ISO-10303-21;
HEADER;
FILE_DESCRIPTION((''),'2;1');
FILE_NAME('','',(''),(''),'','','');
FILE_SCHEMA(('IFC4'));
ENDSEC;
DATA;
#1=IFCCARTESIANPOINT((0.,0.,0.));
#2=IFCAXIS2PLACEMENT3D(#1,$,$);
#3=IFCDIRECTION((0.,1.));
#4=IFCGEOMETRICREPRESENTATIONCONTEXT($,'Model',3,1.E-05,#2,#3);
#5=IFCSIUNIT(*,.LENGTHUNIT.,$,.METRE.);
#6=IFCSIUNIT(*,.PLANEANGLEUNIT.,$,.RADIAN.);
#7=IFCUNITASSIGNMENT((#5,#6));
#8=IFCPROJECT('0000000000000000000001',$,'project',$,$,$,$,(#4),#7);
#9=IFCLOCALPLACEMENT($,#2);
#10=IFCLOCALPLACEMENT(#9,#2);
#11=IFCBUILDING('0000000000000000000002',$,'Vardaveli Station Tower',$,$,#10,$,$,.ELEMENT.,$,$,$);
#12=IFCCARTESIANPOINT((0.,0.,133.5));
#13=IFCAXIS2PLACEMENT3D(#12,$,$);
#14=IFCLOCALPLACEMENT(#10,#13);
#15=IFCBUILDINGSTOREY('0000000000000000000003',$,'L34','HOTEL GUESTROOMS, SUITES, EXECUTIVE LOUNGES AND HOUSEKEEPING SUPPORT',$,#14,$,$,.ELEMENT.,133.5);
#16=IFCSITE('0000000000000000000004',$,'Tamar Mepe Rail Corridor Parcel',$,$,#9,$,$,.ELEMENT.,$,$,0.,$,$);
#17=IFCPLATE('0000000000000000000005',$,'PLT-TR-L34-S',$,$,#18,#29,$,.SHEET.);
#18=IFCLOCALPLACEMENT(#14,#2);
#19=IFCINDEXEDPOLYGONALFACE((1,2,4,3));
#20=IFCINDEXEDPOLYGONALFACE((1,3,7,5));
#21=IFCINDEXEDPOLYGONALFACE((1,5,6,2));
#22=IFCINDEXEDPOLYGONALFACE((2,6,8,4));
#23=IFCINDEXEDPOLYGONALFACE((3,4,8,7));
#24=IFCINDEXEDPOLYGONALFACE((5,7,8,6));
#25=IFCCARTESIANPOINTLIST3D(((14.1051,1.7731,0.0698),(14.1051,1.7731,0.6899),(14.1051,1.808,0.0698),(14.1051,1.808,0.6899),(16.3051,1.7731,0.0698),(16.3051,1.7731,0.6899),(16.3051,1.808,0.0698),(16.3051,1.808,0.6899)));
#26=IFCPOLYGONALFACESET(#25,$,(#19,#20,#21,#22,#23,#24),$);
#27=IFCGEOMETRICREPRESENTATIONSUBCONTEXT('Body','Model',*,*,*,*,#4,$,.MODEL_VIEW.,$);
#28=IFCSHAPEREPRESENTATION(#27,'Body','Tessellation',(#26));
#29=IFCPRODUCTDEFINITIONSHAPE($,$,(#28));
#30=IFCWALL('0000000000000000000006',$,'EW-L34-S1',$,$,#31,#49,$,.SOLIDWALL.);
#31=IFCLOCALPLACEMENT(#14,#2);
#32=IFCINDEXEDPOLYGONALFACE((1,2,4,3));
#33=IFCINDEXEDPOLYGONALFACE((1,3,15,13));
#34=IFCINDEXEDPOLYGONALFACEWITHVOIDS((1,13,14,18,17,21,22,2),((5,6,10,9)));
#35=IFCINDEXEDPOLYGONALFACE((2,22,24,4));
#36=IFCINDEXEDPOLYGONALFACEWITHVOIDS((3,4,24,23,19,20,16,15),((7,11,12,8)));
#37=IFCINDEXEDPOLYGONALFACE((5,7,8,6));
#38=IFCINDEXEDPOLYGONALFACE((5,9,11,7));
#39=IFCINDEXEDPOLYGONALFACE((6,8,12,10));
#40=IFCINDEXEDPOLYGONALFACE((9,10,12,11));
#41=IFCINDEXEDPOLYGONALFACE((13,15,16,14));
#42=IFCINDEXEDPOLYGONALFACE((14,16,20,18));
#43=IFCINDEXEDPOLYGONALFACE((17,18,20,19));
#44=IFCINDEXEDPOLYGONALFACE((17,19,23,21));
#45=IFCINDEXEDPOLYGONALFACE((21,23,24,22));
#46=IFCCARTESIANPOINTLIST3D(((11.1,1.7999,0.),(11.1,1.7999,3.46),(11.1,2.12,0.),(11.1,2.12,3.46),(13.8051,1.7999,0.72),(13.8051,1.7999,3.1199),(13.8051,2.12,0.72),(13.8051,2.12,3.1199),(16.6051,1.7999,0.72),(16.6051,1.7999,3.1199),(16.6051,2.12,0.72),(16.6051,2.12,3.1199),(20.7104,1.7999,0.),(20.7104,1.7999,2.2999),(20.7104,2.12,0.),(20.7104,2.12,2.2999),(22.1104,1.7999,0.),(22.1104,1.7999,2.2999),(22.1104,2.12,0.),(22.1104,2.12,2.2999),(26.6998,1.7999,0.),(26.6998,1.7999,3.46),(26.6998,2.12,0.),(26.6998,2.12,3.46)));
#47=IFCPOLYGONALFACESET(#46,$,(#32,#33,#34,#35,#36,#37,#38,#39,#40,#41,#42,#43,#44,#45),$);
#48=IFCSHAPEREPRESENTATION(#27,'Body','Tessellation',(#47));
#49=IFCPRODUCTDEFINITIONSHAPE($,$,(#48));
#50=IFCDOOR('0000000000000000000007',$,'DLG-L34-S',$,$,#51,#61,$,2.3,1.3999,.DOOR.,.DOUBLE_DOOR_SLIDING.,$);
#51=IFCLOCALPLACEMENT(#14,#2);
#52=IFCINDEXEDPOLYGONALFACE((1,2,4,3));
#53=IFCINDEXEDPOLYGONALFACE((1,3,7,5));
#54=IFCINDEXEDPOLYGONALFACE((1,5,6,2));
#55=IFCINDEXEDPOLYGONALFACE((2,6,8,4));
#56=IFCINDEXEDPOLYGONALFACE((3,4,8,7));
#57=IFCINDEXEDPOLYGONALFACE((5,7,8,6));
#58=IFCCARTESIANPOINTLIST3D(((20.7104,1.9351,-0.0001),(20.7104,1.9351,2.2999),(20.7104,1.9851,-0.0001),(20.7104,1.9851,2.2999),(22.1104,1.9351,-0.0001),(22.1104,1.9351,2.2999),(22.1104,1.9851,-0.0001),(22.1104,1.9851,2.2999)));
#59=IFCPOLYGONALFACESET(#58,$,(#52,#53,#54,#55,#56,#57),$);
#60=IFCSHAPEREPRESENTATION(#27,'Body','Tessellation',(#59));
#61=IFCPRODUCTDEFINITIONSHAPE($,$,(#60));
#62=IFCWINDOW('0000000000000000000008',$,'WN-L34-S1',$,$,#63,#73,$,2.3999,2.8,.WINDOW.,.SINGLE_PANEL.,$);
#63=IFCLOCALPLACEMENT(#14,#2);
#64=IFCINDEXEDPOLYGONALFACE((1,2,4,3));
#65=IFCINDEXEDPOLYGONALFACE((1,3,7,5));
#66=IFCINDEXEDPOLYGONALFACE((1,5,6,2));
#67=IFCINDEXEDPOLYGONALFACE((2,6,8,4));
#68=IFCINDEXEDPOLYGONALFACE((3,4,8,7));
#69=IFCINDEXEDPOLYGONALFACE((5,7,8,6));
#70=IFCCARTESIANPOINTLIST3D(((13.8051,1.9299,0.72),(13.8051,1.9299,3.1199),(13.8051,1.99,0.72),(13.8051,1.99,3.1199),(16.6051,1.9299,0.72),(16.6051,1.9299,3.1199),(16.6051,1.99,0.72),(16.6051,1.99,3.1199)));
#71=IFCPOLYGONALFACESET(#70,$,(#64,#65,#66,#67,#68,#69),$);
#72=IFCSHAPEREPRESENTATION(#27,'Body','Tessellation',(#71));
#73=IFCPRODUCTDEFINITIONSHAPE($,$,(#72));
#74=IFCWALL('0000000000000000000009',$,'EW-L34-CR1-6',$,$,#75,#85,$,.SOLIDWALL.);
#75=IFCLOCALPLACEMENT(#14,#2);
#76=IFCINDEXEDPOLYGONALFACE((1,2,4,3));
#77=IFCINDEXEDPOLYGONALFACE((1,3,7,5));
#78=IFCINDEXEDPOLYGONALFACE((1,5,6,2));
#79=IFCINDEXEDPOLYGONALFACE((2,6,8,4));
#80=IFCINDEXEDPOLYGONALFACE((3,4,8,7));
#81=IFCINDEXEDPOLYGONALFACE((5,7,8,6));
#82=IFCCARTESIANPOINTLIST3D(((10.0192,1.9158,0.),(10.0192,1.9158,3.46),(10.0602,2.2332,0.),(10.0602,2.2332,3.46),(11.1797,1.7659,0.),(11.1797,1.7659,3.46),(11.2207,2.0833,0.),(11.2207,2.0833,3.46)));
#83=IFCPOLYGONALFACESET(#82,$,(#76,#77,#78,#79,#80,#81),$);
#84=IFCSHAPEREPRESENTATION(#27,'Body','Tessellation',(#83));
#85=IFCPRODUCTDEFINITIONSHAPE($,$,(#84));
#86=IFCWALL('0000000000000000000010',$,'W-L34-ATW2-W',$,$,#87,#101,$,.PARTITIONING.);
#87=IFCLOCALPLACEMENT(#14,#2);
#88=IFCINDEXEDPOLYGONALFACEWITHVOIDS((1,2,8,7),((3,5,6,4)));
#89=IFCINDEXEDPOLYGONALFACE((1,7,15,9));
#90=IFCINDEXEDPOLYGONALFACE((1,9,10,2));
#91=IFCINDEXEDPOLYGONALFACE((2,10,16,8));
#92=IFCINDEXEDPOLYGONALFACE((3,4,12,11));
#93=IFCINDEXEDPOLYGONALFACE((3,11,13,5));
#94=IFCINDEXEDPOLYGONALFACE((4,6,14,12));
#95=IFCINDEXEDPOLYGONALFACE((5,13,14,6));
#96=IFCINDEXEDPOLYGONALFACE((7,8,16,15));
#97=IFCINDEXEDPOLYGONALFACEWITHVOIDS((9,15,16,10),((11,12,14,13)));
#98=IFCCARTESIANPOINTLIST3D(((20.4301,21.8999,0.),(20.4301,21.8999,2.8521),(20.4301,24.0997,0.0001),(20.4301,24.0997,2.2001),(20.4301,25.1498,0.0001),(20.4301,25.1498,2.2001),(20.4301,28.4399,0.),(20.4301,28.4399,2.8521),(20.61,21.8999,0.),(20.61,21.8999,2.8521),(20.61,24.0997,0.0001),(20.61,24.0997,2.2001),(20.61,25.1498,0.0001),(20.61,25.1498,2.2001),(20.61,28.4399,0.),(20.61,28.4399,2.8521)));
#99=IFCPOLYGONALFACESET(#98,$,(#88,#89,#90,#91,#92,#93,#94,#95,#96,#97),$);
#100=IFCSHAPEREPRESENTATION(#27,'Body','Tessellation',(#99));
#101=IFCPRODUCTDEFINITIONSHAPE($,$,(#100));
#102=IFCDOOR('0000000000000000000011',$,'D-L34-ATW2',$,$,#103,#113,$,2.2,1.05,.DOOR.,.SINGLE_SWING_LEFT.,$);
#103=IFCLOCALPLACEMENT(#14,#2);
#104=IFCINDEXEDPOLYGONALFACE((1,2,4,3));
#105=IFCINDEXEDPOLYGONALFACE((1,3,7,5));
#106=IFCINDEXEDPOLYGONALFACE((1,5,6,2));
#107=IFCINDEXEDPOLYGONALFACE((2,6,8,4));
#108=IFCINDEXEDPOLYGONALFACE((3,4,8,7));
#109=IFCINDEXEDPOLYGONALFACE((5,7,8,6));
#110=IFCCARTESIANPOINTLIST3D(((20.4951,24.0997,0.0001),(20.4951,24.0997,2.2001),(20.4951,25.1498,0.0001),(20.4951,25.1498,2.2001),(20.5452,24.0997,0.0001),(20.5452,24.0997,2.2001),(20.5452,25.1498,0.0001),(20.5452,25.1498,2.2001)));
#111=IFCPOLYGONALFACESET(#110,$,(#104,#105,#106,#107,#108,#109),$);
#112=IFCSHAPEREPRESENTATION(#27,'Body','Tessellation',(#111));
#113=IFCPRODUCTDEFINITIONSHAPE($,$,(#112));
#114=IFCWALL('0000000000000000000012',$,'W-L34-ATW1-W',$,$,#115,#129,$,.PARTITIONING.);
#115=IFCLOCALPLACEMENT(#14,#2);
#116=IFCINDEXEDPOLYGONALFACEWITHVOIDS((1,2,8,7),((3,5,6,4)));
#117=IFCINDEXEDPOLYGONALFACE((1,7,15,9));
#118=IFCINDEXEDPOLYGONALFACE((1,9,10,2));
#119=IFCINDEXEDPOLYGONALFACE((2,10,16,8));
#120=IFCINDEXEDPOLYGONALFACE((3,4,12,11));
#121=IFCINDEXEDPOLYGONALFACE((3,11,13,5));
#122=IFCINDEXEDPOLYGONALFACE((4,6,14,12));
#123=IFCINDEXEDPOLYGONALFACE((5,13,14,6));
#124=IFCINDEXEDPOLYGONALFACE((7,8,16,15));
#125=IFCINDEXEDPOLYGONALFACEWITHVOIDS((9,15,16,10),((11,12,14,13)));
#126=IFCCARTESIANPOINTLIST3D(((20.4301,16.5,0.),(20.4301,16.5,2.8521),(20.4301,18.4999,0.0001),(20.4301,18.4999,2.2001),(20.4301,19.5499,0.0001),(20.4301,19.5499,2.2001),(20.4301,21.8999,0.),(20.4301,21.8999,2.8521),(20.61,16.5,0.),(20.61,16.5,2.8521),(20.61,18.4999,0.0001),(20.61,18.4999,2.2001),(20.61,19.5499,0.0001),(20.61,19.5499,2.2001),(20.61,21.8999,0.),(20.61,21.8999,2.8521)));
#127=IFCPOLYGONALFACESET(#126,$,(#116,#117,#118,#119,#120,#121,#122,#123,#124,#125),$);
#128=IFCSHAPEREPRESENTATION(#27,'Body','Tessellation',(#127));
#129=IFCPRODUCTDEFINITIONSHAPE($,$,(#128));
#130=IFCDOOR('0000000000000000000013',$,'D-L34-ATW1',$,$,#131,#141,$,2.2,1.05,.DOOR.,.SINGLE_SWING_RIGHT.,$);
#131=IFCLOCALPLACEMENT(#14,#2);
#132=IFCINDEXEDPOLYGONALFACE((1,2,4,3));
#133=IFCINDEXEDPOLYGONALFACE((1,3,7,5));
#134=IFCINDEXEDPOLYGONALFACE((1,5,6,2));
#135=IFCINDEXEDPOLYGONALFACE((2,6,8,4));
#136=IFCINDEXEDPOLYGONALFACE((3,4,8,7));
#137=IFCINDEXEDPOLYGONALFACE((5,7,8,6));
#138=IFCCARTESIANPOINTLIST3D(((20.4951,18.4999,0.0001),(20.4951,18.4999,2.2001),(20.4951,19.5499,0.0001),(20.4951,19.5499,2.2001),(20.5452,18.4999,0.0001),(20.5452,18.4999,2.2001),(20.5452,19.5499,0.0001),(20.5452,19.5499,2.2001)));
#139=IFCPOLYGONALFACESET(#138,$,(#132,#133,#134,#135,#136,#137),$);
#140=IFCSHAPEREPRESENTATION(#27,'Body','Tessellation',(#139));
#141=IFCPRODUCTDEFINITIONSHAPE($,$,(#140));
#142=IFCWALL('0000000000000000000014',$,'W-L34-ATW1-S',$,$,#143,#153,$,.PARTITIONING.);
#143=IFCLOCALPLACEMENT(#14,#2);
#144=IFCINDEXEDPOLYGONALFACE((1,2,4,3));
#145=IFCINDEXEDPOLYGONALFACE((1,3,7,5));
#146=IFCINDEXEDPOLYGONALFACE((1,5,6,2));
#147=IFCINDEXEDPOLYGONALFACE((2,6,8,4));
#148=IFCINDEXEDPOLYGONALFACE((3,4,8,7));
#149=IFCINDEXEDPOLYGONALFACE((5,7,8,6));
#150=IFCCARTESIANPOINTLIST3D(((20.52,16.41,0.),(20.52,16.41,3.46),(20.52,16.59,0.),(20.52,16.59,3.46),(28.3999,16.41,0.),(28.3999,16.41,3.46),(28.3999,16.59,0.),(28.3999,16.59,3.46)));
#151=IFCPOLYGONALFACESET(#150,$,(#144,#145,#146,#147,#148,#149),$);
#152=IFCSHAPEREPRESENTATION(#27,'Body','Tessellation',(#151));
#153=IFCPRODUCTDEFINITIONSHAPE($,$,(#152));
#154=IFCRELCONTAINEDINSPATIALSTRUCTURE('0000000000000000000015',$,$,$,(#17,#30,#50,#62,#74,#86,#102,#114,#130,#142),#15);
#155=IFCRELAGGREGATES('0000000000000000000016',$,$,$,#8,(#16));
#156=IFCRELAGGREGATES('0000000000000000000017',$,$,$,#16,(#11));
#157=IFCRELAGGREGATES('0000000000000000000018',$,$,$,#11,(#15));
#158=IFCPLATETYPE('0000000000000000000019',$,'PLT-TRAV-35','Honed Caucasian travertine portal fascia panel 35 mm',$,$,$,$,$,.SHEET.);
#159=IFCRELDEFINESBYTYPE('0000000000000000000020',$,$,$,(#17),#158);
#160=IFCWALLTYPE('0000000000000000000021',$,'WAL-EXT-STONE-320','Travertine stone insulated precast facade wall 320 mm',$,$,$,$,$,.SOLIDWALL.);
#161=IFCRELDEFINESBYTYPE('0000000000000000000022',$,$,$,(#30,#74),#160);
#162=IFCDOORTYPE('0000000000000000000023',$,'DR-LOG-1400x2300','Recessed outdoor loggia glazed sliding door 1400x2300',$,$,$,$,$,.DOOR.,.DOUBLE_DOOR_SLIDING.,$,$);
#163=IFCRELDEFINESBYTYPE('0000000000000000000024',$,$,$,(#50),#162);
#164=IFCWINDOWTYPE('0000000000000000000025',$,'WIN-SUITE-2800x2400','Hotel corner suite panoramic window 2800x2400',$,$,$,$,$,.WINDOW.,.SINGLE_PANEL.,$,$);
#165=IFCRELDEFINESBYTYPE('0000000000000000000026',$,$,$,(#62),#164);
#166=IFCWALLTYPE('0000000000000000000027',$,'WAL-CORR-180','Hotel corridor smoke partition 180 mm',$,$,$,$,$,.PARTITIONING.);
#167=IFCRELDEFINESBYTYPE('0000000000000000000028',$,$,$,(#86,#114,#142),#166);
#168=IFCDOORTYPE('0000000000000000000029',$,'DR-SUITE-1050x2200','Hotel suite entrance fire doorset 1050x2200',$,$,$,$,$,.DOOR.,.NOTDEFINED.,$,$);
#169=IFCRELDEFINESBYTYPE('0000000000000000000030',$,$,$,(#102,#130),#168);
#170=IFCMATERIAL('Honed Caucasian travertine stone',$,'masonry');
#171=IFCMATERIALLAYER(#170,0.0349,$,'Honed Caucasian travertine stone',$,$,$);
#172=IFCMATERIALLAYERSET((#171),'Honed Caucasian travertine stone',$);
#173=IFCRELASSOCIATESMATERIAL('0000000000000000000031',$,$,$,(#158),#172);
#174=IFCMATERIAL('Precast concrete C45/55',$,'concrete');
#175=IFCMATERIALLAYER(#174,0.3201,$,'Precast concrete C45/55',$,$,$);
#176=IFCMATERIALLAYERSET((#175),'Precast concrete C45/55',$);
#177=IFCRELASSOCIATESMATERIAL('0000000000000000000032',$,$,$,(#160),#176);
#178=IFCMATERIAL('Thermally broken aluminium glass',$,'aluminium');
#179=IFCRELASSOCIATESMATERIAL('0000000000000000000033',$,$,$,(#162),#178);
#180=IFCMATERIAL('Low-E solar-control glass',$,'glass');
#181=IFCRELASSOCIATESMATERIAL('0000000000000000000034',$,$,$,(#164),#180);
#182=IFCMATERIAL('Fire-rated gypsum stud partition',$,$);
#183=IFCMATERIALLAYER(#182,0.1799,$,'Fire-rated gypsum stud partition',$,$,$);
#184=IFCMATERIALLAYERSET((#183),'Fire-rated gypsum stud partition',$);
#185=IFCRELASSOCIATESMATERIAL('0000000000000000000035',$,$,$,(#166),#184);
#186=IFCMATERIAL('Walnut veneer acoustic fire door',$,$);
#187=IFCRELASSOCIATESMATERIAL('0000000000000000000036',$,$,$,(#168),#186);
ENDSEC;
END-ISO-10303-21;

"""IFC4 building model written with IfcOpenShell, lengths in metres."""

from ifc_helpers import new_model, si_unit, direction, frame, frame_2d, origin, origin_2d, place, context, subcontext, project, spatial, rectangle, extrude, source, transform, mapped, material, layer, layer_set, type_object, element, fill, save


model = new_model("IFC4")

# Units and contexts
model_context = context("Model", 3, precision=1e-05, world=origin(), true_north=direction((0.0, 1.0)))
body_context = subcontext(model_context, "Body", "Model", "MODEL_VIEW")
ifc_project = project(units=[si_unit("LENGTHUNIT", "METRE"), si_unit("PLANEANGLEUNIT", "RADIAN")], contexts=[model_context])

# Site, building, storey
site_placement = place(None, origin())
site = spatial("IfcSite", under=ifc_project, at=site_placement, Name="Tamar Mepe Rail Corridor Parcel", CompositionType="ELEMENT", RefElevation=0.0)
building_placement = place(site_placement, origin())
building = spatial("IfcBuilding", under=site, at=building_placement, Name="Vardaveli Station Tower", CompositionType="ELEMENT")
storey_placement = place(building_placement, frame((0.0, 0.0, 133.5)))
storey = spatial("IfcBuildingStorey", under=building, at=storey_placement, Name="L34", Description="HOTEL GUESTROOMS, SUITES, EXECUTIVE LOUNGES AND HOUSEKEEPING SUPPORT", CompositionType="ELEMENT", Elevation=133.5)

# Shared definitions
ifc_material_1 = material(Name="Precast concrete C45/55", Category="concrete")

# Plate
ifc_material_2 = material(Name="Honed Caucasian travertine stone", Category="masonry")
ifc_layer_1 = layer(ifc_material_2, 0.0349, Name="Honed Caucasian travertine stone")
ifc_layer_set_1 = layer_set([ifc_layer_1], Name="Honed Caucasian travertine stone")
plate_type = type_object("IfcPlateType", Name="PLT-TRAV-35", Description="Honed Caucasian travertine portal fascia panel 35 mm", PredefinedType="SHEET", material=ifc_layer_set_1)
shared_shape_1 = source(origin(), body_context, "Body", "SweptSolid", [
    extrude(rectangle(XDim=2.2, YDim=0.0349, at=origin_2d()), origin(), (0.0, 0.0, 1.0), 0.6201),
])
plate_placement = place(storey_placement, frame((15.2051, 1.7905, 0.0698), z_axis=(0.0, 0.0, 1.0), x_axis=(1.0, 0.0, 0.0)))
element("IfcPlate", 1, at=plate_placement, inside=storey, type_object=plate_type, Name="PLT-TR-L34-S", PredefinedType="SHEET", context=body_context, shape_type="MappedRepresentation", body=[
    mapped(shared_shape_1, transform((0.0, 0.0, 0.0), scale=1.0)),
])

# Wall, openings, door, window
ifc_layer_2 = layer(ifc_material_1, 0.3201, Name="Precast concrete C45/55")
ifc_layer_set_2 = layer_set([ifc_layer_2], Name="Precast concrete C45/55")
wall_type_1 = type_object("IfcWallType", Name="WAL-EXT-STONE-320", Description="Travertine stone insulated precast facade wall 320 mm", PredefinedType="SOLIDWALL", material=ifc_layer_set_2)
shared_shape_2 = source(origin(), body_context, "Body", "SweptSolid", [
    extrude(rectangle(XDim=15.5999, YDim=0.3201, at=frame_2d((7.7998, 0.0))), origin(), (0.0, 0.0, 1.0), 3.46),
])
wall_1_placement = place(storey_placement, frame((11.1001, 1.96, 0.0), z_axis=(0.0, 0.0, 1.0), x_axis=(1.0, 0.0, 0.0)))
wall_1 = element("IfcWall", 2, at=wall_1_placement, inside=storey, type_object=wall_type_1, Name="EW-L34-S1", PredefinedType="SOLIDWALL", context=body_context, shape_type="MappedRepresentation", body=[
    mapped(shared_shape_2, transform((0.0, 0.0, 0.0), scale=1.0)),
])
shared_shape_3 = source(origin(), body_context, "Body", "SweptSolid", [
    extrude(rectangle(XDim=1.3999, YDim=2.3, at=frame_2d((0.7, 1.1499))), frame((0.0, 0.1699, 0.0), z_axis=(0.0, -1.0, 0.0), x_axis=(1.0, 0.0, 0.0)), (0.0, 0.0, 1.0), 0.3401),
])
opening_1_placement = place(wall_1_placement, frame((9.6104, 0.0, 0.0)))
opening_1 = element("IfcOpeningElement", 3, at=opening_1_placement, cuts=wall_1, PredefinedType="OPENING", context=body_context, shape_type="MappedRepresentation", body=[
    mapped(shared_shape_3, transform((0.0, 0.0, 0.0), scale=1.0)),
])
shared_shape_4 = source(origin(), body_context, "Body", "SweptSolid", [
    extrude(rectangle(XDim=2.8, YDim=2.3999, at=frame_2d((1.3999, 1.2))), frame((0.0, 0.1699, 0.0), z_axis=(0.0, -1.0, 0.0), x_axis=(1.0, 0.0, 0.0)), (0.0, 0.0, 1.0), 0.3401),
])
opening_2_placement = place(wall_1_placement, frame((2.7051, 0.0, 0.72)))
opening_2 = element("IfcOpeningElement", 4, at=opening_2_placement, cuts=wall_1, PredefinedType="OPENING", context=body_context, shape_type="MappedRepresentation", body=[
    mapped(shared_shape_4, transform((0.0, 0.0, 0.0), scale=1.0)),
])
ifc_material_3 = material(Name="Thermally broken aluminium glass", Category="aluminium")
door_type_1 = type_object("IfcDoorType", Name="DR-LOG-1400x2300", Description="Recessed outdoor loggia glazed sliding door 1400x2300", OperationType="DOUBLE_DOOR_SLIDING", PredefinedType="DOOR", material=ifc_material_3)
shared_shape_5 = source(origin(), body_context, "Body", "SweptSolid", [
    extrude(rectangle(XDim=1.3999, YDim=2.3, at=frame_2d((0.7, 1.1499))), frame((0.0, 0.0249, 0.0), z_axis=(0.0, -1.0, 0.0), x_axis=(1.0, 0.0, 0.0)), (0.0, 0.0, 1.0), 0.05),
])
door_1_placement = place(opening_1_placement, frame((1.3999, 0.0, 0.0), z_axis=(0.0, 0.0, 1.0), x_axis=(-1.0, 0.0, 0.0)))
door_1 = element("IfcDoor", 5, at=door_1_placement, inside=storey, type_object=door_type_1, Name="DLG-L34-S", OperationType="DOUBLE_DOOR_SLIDING", OverallHeight=2.3, OverallWidth=1.3999, PredefinedType="DOOR", context=body_context, shape_type="MappedRepresentation", body=[
    mapped(shared_shape_5, transform((0.0, 0.0, 0.0), scale=1.0)),
])
fill(opening_1, door_1)
ifc_material_4 = material(Name="Low-E solar-control glass", Category="glass")
window_type = type_object("IfcWindowType", Name="WIN-SUITE-2800x2400", Description="Hotel corner suite panoramic window 2800x2400", PartitioningType="SINGLE_PANEL", PredefinedType="WINDOW", material=ifc_material_4)
shared_shape_6 = source(origin(), body_context, "Body", "SweptSolid", [
    extrude(rectangle(XDim=2.8, YDim=2.3999, at=frame_2d((1.3999, 1.2))), frame((0.0, 0.03, 0.0), z_axis=(0.0, -1.0, 0.0), x_axis=(1.0, 0.0, 0.0)), (0.0, 0.0, 1.0), 0.0601),
])
window_placement = place(opening_2_placement, origin())
window = element("IfcWindow", 6, at=window_placement, inside=storey, type_object=window_type, Name="WN-L34-S1", OverallHeight=2.3999, OverallWidth=2.8, PartitioningType="SINGLE_PANEL", PredefinedType="WINDOW", context=body_context, shape_type="MappedRepresentation", body=[
    mapped(shared_shape_6, transform((0.0, 0.0, 0.0), scale=1.0)),
])
fill(opening_2, window)

# Wall
shared_shape_7 = source(origin(), body_context, "Body", "SweptSolid", [
    extrude(rectangle(XDim=1.1702, YDim=0.3201, at=frame_2d((0.585, 0.0))), origin(), (0.0, 0.0, 1.0), 3.46),
])
wall_2_placement = place(storey_placement, frame((10.0398, 2.0745, 0.0), z_axis=(0.0, 0.0, 1.0), x_axis=(0.991762, -0.12809, 0.0)))
element("IfcWall", 7, at=wall_2_placement, inside=storey, type_object=wall_type_1, Name="EW-L34-CR1-6", PredefinedType="SOLIDWALL", context=body_context, shape_type="MappedRepresentation", body=[
    mapped(shared_shape_7, transform((0.0, 0.0, 0.0), scale=1.0)),
])

# Walls, openings, doors
ifc_material_5 = material(Name="Fire-rated gypsum stud partition")
ifc_layer_3 = layer(ifc_material_5, 0.1799, Name="Fire-rated gypsum stud partition")
ifc_layer_set_3 = layer_set([ifc_layer_3], Name="Fire-rated gypsum stud partition")
wall_type_2 = type_object("IfcWallType", Name="WAL-CORR-180", Description="Hotel corridor smoke partition 180 mm", PredefinedType="PARTITIONING", material=ifc_layer_set_3)
shared_shape_8 = source(origin(), body_context, "Body", "SweptSolid", [
    extrude(rectangle(XDim=6.54, YDim=0.1799, at=frame_2d((3.27, 0.0))), origin(), (0.0, 0.0, 1.0), 2.8521),
])
wall_3_placement = place(storey_placement, frame((20.52, 21.8999, 0.0), z_axis=(0.0, 0.0, 1.0), x_axis=(0.0, 1.0, 0.0)))
wall_3 = element("IfcWall", 8, at=wall_3_placement, inside=storey, type_object=wall_type_2, Name="W-L34-ATW2-W", PredefinedType="PARTITIONING", context=body_context, shape_type="MappedRepresentation", body=[
    mapped(shared_shape_8, transform((0.0, 0.0, 0.0), scale=1.0)),
])
shared_shape_9 = source(origin(), body_context, "Body", "SweptSolid", [
    extrude(rectangle(XDim=1.05, YDim=2.2, at=frame_2d((0.5249, 1.1001))), frame((0.0, 0.1001, 0.0), z_axis=(0.0, -1.0, 0.0), x_axis=(1.0, 0.0, 0.0)), (0.0, 0.0, 1.0), 0.2),
])
opening_3_placement = place(wall_3_placement, frame((2.2, 0.0, 0.0)))
opening_3 = element("IfcOpeningElement", 9, at=opening_3_placement, cuts=wall_3, PredefinedType="OPENING", context=body_context, shape_type="MappedRepresentation", body=[
    mapped(shared_shape_9, transform((0.0, 0.0, 0.0), scale=1.0)),
])
ifc_material_6 = material(Name="Walnut veneer acoustic fire door")
door_type_2 = type_object("IfcDoorType", Name="DR-SUITE-1050x2200", Description="Hotel suite entrance fire doorset 1050x2200", OperationType="NOTDEFINED", PredefinedType="DOOR", material=ifc_material_6)
shared_shape_10 = source(origin(), body_context, "Body", "SweptSolid", [
    extrude(rectangle(XDim=1.05, YDim=2.2, at=frame_2d((0.5249, 1.1001))), frame((0.0, 0.0249, 0.0), z_axis=(0.0, -1.0, 0.0), x_axis=(1.0, 0.0, 0.0)), (0.0, 0.0, 1.0), 0.05),
])
door_2_placement = place(opening_3_placement, origin())
door_2 = element("IfcDoor", 10, at=door_2_placement, inside=storey, type_object=door_type_2, Name="D-L34-ATW2", OperationType="SINGLE_SWING_LEFT", OverallHeight=2.2, OverallWidth=1.05, PredefinedType="DOOR", context=body_context, shape_type="MappedRepresentation", body=[
    mapped(shared_shape_10, transform((0.0, 0.0, 0.0), scale=1.0)),
])
fill(opening_3, door_2)
shared_shape_11 = source(origin(), body_context, "Body", "SweptSolid", [
    extrude(rectangle(XDim=5.3999, YDim=0.1799, at=frame_2d((2.7, 0.0))), origin(), (0.0, 0.0, 1.0), 2.8521),
])
wall_4_placement = place(storey_placement, frame((20.52, 16.5, 0.0), z_axis=(0.0, 0.0, 1.0), x_axis=(0.0, 1.0, 0.0)))
wall_4 = element("IfcWall", 11, at=wall_4_placement, inside=storey, type_object=wall_type_2, Name="W-L34-ATW1-W", PredefinedType="PARTITIONING", context=body_context, shape_type="MappedRepresentation", body=[
    mapped(shared_shape_11, transform((0.0, 0.0, 0.0), scale=1.0)),
])
opening_4_placement = place(wall_4_placement, frame((2.0, 0.0, 0.0)))
opening_4 = element("IfcOpeningElement", 12, at=opening_4_placement, cuts=wall_4, PredefinedType="OPENING", context=body_context, shape_type="MappedRepresentation", body=[
    mapped(shared_shape_9, transform((0.0, 0.0, 0.0), scale=1.0)),
])
door_3_placement = place(opening_4_placement, origin())
door_3 = element("IfcDoor", 13, at=door_3_placement, inside=storey, type_object=door_type_2, Name="D-L34-ATW1", OperationType="SINGLE_SWING_RIGHT", OverallHeight=2.2, OverallWidth=1.05, PredefinedType="DOOR", context=body_context, shape_type="MappedRepresentation", body=[
    mapped(shared_shape_10, transform((0.0, 0.0, 0.0), scale=1.0)),
])
fill(opening_4, door_3)

# Wall
shared_shape_12 = source(origin(), body_context, "Body", "SweptSolid", [
    extrude(rectangle(XDim=7.8799, YDim=0.1799, at=frame_2d((3.9399, 0.0))), origin(), (0.0, 0.0, 1.0), 3.46),
])
wall_5_placement = place(storey_placement, frame((20.52, 16.5, 0.0), z_axis=(0.0, 0.0, 1.0), x_axis=(1.0, 0.0, 0.0)))
element("IfcWall", 14, at=wall_5_placement, inside=storey, type_object=wall_type_2, Name="W-L34-ATW1-S", PredefinedType="PARTITIONING", context=body_context, shape_type="MappedRepresentation", body=[
    mapped(shared_shape_12, transform((0.0, 0.0, 0.0), scale=1.0)),
])

save(model, "model.ifc")
